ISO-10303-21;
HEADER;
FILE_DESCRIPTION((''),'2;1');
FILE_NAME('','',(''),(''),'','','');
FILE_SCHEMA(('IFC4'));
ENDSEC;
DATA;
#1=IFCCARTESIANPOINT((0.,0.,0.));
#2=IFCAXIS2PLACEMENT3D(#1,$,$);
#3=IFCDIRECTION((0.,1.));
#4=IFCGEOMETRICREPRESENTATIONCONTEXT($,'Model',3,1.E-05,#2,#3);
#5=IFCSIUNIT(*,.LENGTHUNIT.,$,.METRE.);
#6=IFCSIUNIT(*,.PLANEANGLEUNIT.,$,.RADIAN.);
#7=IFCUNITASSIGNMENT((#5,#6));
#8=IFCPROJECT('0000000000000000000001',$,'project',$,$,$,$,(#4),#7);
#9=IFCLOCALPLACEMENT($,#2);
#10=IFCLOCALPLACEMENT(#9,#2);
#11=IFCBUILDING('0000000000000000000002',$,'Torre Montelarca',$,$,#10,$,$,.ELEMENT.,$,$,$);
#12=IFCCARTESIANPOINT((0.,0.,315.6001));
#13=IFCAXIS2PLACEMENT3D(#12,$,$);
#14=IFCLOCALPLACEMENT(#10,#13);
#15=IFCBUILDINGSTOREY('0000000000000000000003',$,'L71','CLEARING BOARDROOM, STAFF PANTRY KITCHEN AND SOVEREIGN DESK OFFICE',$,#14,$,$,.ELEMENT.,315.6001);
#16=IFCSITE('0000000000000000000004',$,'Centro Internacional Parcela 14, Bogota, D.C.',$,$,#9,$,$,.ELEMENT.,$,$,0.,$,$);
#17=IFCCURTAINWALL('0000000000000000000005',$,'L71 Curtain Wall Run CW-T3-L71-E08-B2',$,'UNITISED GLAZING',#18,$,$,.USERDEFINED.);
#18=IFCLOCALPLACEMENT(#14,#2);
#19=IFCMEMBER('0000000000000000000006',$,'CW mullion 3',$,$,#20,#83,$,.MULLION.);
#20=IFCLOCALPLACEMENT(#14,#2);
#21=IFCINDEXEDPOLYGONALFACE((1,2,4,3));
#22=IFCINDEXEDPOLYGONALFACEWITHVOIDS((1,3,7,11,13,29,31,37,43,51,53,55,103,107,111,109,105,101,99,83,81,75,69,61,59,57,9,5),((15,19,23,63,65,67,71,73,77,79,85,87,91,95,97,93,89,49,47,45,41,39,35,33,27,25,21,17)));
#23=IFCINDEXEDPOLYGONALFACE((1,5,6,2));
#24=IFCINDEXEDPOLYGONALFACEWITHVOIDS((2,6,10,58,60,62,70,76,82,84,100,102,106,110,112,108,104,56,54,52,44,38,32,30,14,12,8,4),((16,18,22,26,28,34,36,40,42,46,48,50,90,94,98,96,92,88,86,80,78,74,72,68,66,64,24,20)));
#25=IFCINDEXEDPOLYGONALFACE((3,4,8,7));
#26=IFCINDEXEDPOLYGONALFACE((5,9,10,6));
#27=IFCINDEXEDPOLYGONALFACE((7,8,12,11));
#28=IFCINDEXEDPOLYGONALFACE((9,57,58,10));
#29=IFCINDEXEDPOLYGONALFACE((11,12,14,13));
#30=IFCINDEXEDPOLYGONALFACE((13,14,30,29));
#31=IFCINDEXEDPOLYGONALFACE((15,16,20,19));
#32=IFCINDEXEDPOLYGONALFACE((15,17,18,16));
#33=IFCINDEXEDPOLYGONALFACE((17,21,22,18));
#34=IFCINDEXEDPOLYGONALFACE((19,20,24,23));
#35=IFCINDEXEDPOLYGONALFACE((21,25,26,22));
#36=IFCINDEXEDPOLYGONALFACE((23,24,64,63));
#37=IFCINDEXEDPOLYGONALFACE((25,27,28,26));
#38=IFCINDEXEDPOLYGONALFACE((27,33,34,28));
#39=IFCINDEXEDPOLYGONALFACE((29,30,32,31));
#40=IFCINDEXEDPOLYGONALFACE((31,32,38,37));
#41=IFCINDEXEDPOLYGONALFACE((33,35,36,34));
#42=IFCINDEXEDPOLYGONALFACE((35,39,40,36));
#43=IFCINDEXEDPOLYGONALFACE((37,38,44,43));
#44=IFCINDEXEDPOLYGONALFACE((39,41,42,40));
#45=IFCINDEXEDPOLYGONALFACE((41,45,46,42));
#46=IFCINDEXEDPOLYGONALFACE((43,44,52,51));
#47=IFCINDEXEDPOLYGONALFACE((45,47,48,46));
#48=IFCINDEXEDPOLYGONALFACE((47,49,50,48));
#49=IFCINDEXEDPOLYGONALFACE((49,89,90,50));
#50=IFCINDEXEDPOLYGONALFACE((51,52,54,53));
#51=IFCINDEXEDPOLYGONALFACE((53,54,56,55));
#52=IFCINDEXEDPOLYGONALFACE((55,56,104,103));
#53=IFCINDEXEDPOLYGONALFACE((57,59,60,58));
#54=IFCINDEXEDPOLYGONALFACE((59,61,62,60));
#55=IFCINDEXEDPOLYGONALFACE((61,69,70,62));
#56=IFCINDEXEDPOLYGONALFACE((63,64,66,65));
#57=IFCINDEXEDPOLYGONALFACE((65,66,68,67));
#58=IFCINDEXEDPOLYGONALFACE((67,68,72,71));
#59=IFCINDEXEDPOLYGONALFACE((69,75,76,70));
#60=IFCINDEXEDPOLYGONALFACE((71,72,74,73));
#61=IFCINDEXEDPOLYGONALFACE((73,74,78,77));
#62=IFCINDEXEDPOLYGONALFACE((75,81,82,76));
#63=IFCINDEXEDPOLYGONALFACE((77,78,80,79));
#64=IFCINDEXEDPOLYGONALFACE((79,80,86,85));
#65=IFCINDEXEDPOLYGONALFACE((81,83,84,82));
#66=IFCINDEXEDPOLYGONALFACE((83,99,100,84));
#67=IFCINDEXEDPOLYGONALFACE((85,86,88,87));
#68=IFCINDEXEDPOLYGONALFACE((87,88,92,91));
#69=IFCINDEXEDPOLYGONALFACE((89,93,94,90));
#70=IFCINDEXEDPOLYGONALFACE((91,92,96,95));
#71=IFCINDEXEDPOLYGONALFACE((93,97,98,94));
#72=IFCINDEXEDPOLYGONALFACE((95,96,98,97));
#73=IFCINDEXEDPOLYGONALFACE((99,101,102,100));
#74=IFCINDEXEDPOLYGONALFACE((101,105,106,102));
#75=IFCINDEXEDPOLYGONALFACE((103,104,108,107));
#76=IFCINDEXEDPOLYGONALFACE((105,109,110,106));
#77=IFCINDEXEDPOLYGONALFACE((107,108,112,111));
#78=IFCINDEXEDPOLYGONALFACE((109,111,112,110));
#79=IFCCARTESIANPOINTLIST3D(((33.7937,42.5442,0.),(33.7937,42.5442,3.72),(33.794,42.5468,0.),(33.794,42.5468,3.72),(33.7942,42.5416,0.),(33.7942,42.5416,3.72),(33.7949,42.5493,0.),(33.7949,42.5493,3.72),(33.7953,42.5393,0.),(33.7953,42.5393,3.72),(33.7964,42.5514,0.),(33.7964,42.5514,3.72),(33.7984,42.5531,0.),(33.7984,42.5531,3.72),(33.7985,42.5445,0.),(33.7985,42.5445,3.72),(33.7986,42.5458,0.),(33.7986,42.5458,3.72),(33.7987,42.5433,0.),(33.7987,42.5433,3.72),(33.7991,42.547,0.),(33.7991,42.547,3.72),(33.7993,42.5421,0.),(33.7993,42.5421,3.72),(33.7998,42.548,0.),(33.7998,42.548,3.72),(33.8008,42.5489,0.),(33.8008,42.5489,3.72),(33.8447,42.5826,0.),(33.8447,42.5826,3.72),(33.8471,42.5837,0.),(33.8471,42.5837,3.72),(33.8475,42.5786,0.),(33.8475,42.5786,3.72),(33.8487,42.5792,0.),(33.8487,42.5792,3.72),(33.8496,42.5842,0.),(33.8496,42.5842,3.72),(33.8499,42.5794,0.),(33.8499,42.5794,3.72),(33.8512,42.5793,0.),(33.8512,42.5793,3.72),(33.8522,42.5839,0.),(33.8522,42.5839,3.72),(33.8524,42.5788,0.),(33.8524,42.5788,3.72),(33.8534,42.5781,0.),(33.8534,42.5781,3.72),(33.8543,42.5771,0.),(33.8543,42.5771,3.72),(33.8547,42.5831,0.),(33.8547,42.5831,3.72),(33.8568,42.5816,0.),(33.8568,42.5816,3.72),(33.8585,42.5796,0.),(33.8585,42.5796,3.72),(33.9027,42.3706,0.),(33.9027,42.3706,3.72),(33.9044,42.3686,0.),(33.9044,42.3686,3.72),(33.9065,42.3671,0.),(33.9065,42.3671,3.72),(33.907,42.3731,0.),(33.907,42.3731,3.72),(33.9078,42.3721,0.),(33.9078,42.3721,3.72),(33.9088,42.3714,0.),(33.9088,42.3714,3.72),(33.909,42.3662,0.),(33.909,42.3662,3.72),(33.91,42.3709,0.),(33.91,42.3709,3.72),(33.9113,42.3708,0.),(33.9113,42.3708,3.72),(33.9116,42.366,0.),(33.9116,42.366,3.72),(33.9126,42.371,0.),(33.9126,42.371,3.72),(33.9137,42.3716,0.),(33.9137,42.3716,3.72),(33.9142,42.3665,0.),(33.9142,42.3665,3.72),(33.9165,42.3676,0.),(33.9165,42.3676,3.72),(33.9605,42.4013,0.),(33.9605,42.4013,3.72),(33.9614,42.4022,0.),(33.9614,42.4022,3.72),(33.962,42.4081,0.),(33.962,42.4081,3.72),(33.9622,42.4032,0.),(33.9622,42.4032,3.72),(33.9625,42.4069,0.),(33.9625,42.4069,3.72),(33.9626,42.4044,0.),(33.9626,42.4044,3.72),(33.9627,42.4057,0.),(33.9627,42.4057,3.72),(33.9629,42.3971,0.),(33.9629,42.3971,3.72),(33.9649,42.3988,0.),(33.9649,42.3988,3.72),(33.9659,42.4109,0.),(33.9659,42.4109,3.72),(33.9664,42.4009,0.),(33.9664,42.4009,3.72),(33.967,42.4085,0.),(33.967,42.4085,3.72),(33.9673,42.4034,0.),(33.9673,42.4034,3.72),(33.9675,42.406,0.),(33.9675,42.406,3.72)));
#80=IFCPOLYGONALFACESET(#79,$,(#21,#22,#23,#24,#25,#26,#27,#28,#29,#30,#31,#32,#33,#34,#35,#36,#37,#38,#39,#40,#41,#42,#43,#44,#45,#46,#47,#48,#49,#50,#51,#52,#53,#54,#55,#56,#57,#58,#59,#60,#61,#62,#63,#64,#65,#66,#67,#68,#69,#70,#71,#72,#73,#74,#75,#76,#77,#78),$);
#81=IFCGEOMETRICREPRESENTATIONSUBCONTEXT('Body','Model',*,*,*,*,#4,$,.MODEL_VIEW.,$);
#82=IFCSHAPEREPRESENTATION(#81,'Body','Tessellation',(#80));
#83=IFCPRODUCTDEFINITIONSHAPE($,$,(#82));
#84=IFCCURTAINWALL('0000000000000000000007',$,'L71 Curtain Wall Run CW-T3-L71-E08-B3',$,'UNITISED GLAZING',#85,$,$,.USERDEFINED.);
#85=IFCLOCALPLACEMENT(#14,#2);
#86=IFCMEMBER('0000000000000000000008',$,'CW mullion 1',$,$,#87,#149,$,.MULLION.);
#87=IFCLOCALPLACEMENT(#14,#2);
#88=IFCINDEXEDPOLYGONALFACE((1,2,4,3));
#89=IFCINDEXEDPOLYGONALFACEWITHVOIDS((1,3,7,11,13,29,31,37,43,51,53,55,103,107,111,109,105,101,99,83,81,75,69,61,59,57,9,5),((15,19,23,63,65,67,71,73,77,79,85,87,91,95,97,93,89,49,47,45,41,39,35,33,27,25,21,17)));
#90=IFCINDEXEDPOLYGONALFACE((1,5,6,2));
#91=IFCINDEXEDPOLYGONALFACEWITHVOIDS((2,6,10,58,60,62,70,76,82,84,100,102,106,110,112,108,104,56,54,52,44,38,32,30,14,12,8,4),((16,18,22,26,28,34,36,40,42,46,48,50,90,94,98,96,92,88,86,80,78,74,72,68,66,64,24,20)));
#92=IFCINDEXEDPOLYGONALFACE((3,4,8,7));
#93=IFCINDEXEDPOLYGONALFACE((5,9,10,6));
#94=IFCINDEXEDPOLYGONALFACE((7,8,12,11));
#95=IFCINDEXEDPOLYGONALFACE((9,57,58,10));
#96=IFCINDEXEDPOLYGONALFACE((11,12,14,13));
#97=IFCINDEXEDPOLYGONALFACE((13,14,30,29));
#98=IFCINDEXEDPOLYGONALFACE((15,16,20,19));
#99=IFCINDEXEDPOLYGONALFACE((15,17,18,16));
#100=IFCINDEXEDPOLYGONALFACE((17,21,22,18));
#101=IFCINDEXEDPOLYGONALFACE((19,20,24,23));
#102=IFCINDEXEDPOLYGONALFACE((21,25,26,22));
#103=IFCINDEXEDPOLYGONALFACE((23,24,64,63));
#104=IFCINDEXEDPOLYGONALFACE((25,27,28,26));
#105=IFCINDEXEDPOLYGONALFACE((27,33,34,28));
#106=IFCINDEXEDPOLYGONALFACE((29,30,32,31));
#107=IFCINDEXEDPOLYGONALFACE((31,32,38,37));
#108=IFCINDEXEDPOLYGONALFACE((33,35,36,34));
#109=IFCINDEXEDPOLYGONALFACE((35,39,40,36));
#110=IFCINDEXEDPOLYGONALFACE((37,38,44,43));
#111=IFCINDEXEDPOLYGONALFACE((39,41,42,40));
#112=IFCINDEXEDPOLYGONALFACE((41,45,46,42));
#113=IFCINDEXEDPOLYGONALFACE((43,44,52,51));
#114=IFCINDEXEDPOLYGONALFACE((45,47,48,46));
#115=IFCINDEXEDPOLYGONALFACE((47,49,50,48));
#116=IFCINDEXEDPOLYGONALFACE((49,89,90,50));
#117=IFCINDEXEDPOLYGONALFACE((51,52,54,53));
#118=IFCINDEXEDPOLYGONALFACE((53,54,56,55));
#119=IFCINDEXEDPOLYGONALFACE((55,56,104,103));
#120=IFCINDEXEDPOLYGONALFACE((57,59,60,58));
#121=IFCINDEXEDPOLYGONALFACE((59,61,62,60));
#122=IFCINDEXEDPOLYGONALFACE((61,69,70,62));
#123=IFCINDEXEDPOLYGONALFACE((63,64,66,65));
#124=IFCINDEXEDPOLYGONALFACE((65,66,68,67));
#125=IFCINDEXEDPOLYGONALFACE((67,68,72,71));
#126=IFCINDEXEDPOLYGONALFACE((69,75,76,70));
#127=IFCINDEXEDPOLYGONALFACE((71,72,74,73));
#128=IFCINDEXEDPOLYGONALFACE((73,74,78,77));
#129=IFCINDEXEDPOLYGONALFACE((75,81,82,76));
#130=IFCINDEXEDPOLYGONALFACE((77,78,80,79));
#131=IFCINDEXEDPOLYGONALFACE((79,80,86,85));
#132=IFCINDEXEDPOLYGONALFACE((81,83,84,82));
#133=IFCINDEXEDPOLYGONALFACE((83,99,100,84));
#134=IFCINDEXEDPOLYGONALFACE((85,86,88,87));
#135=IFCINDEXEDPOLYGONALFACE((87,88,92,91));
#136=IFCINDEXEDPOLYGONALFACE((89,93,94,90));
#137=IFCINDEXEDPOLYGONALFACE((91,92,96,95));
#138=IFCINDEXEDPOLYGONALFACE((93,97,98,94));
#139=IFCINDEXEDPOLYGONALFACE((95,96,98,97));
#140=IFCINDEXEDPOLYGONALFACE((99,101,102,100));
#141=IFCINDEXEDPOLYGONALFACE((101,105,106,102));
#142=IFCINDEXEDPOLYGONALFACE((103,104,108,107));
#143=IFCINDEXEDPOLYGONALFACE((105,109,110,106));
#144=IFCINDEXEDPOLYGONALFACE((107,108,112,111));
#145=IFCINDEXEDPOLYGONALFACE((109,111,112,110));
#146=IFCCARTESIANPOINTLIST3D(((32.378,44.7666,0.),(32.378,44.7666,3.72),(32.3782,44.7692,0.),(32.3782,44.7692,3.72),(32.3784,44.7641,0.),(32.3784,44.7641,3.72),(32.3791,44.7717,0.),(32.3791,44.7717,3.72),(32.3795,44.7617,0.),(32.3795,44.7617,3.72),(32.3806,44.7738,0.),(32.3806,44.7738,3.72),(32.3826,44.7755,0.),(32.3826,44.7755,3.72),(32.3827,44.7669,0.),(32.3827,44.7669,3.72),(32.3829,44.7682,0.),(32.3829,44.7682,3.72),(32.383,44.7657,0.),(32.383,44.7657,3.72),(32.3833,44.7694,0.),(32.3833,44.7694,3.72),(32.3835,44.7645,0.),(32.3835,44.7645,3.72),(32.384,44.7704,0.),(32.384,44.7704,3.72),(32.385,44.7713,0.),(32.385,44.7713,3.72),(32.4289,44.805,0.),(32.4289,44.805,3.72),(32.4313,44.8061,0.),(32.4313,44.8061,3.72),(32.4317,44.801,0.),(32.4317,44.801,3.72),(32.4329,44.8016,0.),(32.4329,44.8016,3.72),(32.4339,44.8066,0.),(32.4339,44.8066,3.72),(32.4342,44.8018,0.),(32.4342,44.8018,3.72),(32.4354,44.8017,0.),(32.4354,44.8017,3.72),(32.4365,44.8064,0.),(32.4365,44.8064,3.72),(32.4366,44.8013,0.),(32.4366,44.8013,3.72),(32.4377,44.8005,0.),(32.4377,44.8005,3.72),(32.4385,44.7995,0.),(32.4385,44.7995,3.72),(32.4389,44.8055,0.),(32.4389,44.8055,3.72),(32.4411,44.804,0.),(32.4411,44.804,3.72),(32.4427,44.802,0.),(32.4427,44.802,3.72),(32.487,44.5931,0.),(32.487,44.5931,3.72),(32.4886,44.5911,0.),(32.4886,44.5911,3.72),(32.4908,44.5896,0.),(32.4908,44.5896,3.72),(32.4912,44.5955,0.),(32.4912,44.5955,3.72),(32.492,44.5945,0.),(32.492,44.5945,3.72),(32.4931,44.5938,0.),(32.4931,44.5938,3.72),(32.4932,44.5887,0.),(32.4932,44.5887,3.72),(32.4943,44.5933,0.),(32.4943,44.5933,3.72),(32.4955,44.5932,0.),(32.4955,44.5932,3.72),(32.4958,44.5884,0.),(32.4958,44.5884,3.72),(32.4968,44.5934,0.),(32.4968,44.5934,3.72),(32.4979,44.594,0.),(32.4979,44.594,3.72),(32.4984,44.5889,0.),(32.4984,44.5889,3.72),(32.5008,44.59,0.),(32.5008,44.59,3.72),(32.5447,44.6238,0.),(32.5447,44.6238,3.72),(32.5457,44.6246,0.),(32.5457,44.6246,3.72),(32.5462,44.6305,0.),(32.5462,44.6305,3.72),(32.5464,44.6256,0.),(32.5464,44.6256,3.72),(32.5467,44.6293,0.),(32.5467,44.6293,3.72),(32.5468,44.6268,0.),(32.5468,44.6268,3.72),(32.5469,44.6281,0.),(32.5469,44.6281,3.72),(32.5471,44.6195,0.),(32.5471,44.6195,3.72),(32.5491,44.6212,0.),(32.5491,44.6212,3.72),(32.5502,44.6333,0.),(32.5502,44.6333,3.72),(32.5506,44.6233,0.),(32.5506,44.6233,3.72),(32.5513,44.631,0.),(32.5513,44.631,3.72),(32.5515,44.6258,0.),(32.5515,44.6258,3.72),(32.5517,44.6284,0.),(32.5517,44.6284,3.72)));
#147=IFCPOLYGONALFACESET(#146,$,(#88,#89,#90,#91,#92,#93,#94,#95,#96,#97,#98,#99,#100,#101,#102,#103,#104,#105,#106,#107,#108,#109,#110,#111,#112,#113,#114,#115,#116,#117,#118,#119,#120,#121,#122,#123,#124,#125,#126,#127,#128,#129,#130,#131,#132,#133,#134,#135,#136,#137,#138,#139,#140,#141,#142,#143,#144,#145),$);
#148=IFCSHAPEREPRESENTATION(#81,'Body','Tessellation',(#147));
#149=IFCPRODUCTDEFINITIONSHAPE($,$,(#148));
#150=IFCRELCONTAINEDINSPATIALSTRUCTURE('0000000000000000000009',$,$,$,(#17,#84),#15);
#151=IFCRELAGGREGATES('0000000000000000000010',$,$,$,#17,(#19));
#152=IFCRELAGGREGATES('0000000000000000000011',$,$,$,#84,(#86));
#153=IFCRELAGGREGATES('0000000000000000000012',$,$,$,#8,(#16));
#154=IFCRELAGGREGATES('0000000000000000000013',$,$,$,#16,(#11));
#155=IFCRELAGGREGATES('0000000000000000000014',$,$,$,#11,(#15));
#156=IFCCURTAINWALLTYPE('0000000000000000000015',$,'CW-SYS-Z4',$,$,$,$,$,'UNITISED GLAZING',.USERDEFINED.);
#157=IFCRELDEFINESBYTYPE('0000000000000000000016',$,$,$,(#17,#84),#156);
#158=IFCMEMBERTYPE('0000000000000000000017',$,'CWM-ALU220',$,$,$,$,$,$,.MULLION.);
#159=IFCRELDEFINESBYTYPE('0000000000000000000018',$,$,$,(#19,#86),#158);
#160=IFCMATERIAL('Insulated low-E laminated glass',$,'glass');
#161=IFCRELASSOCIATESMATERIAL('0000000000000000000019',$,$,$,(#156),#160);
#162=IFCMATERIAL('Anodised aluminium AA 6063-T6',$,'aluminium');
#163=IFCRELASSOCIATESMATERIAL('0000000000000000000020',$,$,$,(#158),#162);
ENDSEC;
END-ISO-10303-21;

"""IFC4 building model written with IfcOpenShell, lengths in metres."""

from ifc_helpers import new_model, si_unit, direction, frame, origin, origin_2d, place, context, subcontext, project, spatial, hollow_rectangle, extrude, source, transform, mapped, material, material_profile, profile_set, type_object, element, aggregate, save


model = new_model("IFC4")

# Units and contexts
model_context = context("Model", 3, precision=1e-05, world=origin(), true_north=direction((0.0, 1.0)))
body_context = subcontext(model_context, "Body", "Model", "MODEL_VIEW")
ifc_project = project(units=[si_unit("LENGTHUNIT", "METRE"), si_unit("PLANEANGLEUNIT", "RADIAN")], contexts=[model_context])

# Site, building, storey
site_placement = place(None, origin())
site = spatial("IfcSite", under=ifc_project, at=site_placement, Name="Centro Internacional Parcela 14, Bogota, D.C.", CompositionType="ELEMENT", RefElevation=0.0)
building_placement = place(site_placement, origin())
building = spatial("IfcBuilding", under=site, at=building_placement, Name="Torre Montelarca", CompositionType="ELEMENT")
storey_placement = place(building_placement, frame((0.0, 0.0, 315.6001)))
storey = spatial("IfcBuildingStorey", under=building, at=storey_placement, Name="L71", Description="CLEARING BOARDROOM, STAFF PANTRY KITCHEN AND SOVEREIGN DESK OFFICE", CompositionType="ELEMENT", Elevation=315.6001)

# Shared definitions
ifc_material_1 = material(Name="Insulated low-E laminated glass", Category="glass")
curtain_wall_type = type_object("IfcCurtainWallType", Name="CW-SYS-Z4", ElementType="UNITISED GLAZING", PredefinedType="USERDEFINED", material=ifc_material_1)
ifc_material_2 = material(Name="Anodised aluminium AA 6063-T6", Category="aluminium")
ifc_material_profile_1 = material_profile(ifc_material_2, hollow_rectangle(XDim=0.075, YDim=0.22, WallThickness=0.0049, InnerFilletRadius=0.0049, OuterFilletRadius=0.01, at=origin_2d()), Name="ALU75X220X5", Category="aluminium")
ifc_profile_set_1 = profile_set([ifc_material_profile_1], Name="Anodised aluminium AA 6063-T6")
member_type_1 = type_object("IfcMemberType", Name="CWM-ALU220", PredefinedType="MULLION", material=ifc_profile_set_1)
shared_shape_1 = source(origin(), body_context, "Body", "SweptSolid", [
    extrude(hollow_rectangle(XDim=0.075, YDim=0.22, WallThickness=0.0049, InnerFilletRadius=0.0049, OuterFilletRadius=0.01, at=origin_2d()), origin(), (0.0, 0.0, 1.0), 3.72),
])

# Curtain walls, members
curtain_wall_1_placement = place(storey_placement, origin())
curtain_wall_1 = element("IfcCurtainWall", 1, at=curtain_wall_1_placement, inside=storey, type_object=curtain_wall_type, Name="L71 Curtain Wall Run CW-T3-L71-E08-B2", ObjectType="UNITISED GLAZING", PredefinedType="USERDEFINED")
member_1_placement = place(storey_placement, frame((33.8806, 42.4751, 0.0), z_axis=(0.0, 0.0, 1.0), x_axis=(-0.843395, -0.537294, 0.0)))
member_1 = element("IfcMember", 2, at=member_1_placement, type_object=member_type_1, Name="CW mullion 3", PredefinedType="MULLION", context=body_context, shape_type="MappedRepresentation", body=[
    mapped(shared_shape_1, transform((0.0, 0.0, 0.0), scale=1.0)),
])
curtain_wall_2_placement = place(storey_placement, origin())
curtain_wall_2 = element("IfcCurtainWall", 3, at=curtain_wall_2_placement, inside=storey, type_object=curtain_wall_type, Name="L71 Curtain Wall Run CW-T3-L71-E08-B3", ObjectType="UNITISED GLAZING", PredefinedType="USERDEFINED")
member_2_placement = place(storey_placement, frame((32.4648, 44.6975, 0.0), z_axis=(0.0, 0.0, 1.0), x_axis=(-0.84339, -0.537301, 0.0)))
member_2 = element("IfcMember", 4, at=member_2_placement, type_object=member_type_1, Name="CW mullion 1", PredefinedType="MULLION", context=body_context, shape_type="MappedRepresentation", body=[
    mapped(shared_shape_1, transform((0.0, 0.0, 0.0), scale=1.0)),
])

aggregate(curtain_wall_1, [member_1])
aggregate(curtain_wall_2, [member_2])

save(model, "model.ifc")
